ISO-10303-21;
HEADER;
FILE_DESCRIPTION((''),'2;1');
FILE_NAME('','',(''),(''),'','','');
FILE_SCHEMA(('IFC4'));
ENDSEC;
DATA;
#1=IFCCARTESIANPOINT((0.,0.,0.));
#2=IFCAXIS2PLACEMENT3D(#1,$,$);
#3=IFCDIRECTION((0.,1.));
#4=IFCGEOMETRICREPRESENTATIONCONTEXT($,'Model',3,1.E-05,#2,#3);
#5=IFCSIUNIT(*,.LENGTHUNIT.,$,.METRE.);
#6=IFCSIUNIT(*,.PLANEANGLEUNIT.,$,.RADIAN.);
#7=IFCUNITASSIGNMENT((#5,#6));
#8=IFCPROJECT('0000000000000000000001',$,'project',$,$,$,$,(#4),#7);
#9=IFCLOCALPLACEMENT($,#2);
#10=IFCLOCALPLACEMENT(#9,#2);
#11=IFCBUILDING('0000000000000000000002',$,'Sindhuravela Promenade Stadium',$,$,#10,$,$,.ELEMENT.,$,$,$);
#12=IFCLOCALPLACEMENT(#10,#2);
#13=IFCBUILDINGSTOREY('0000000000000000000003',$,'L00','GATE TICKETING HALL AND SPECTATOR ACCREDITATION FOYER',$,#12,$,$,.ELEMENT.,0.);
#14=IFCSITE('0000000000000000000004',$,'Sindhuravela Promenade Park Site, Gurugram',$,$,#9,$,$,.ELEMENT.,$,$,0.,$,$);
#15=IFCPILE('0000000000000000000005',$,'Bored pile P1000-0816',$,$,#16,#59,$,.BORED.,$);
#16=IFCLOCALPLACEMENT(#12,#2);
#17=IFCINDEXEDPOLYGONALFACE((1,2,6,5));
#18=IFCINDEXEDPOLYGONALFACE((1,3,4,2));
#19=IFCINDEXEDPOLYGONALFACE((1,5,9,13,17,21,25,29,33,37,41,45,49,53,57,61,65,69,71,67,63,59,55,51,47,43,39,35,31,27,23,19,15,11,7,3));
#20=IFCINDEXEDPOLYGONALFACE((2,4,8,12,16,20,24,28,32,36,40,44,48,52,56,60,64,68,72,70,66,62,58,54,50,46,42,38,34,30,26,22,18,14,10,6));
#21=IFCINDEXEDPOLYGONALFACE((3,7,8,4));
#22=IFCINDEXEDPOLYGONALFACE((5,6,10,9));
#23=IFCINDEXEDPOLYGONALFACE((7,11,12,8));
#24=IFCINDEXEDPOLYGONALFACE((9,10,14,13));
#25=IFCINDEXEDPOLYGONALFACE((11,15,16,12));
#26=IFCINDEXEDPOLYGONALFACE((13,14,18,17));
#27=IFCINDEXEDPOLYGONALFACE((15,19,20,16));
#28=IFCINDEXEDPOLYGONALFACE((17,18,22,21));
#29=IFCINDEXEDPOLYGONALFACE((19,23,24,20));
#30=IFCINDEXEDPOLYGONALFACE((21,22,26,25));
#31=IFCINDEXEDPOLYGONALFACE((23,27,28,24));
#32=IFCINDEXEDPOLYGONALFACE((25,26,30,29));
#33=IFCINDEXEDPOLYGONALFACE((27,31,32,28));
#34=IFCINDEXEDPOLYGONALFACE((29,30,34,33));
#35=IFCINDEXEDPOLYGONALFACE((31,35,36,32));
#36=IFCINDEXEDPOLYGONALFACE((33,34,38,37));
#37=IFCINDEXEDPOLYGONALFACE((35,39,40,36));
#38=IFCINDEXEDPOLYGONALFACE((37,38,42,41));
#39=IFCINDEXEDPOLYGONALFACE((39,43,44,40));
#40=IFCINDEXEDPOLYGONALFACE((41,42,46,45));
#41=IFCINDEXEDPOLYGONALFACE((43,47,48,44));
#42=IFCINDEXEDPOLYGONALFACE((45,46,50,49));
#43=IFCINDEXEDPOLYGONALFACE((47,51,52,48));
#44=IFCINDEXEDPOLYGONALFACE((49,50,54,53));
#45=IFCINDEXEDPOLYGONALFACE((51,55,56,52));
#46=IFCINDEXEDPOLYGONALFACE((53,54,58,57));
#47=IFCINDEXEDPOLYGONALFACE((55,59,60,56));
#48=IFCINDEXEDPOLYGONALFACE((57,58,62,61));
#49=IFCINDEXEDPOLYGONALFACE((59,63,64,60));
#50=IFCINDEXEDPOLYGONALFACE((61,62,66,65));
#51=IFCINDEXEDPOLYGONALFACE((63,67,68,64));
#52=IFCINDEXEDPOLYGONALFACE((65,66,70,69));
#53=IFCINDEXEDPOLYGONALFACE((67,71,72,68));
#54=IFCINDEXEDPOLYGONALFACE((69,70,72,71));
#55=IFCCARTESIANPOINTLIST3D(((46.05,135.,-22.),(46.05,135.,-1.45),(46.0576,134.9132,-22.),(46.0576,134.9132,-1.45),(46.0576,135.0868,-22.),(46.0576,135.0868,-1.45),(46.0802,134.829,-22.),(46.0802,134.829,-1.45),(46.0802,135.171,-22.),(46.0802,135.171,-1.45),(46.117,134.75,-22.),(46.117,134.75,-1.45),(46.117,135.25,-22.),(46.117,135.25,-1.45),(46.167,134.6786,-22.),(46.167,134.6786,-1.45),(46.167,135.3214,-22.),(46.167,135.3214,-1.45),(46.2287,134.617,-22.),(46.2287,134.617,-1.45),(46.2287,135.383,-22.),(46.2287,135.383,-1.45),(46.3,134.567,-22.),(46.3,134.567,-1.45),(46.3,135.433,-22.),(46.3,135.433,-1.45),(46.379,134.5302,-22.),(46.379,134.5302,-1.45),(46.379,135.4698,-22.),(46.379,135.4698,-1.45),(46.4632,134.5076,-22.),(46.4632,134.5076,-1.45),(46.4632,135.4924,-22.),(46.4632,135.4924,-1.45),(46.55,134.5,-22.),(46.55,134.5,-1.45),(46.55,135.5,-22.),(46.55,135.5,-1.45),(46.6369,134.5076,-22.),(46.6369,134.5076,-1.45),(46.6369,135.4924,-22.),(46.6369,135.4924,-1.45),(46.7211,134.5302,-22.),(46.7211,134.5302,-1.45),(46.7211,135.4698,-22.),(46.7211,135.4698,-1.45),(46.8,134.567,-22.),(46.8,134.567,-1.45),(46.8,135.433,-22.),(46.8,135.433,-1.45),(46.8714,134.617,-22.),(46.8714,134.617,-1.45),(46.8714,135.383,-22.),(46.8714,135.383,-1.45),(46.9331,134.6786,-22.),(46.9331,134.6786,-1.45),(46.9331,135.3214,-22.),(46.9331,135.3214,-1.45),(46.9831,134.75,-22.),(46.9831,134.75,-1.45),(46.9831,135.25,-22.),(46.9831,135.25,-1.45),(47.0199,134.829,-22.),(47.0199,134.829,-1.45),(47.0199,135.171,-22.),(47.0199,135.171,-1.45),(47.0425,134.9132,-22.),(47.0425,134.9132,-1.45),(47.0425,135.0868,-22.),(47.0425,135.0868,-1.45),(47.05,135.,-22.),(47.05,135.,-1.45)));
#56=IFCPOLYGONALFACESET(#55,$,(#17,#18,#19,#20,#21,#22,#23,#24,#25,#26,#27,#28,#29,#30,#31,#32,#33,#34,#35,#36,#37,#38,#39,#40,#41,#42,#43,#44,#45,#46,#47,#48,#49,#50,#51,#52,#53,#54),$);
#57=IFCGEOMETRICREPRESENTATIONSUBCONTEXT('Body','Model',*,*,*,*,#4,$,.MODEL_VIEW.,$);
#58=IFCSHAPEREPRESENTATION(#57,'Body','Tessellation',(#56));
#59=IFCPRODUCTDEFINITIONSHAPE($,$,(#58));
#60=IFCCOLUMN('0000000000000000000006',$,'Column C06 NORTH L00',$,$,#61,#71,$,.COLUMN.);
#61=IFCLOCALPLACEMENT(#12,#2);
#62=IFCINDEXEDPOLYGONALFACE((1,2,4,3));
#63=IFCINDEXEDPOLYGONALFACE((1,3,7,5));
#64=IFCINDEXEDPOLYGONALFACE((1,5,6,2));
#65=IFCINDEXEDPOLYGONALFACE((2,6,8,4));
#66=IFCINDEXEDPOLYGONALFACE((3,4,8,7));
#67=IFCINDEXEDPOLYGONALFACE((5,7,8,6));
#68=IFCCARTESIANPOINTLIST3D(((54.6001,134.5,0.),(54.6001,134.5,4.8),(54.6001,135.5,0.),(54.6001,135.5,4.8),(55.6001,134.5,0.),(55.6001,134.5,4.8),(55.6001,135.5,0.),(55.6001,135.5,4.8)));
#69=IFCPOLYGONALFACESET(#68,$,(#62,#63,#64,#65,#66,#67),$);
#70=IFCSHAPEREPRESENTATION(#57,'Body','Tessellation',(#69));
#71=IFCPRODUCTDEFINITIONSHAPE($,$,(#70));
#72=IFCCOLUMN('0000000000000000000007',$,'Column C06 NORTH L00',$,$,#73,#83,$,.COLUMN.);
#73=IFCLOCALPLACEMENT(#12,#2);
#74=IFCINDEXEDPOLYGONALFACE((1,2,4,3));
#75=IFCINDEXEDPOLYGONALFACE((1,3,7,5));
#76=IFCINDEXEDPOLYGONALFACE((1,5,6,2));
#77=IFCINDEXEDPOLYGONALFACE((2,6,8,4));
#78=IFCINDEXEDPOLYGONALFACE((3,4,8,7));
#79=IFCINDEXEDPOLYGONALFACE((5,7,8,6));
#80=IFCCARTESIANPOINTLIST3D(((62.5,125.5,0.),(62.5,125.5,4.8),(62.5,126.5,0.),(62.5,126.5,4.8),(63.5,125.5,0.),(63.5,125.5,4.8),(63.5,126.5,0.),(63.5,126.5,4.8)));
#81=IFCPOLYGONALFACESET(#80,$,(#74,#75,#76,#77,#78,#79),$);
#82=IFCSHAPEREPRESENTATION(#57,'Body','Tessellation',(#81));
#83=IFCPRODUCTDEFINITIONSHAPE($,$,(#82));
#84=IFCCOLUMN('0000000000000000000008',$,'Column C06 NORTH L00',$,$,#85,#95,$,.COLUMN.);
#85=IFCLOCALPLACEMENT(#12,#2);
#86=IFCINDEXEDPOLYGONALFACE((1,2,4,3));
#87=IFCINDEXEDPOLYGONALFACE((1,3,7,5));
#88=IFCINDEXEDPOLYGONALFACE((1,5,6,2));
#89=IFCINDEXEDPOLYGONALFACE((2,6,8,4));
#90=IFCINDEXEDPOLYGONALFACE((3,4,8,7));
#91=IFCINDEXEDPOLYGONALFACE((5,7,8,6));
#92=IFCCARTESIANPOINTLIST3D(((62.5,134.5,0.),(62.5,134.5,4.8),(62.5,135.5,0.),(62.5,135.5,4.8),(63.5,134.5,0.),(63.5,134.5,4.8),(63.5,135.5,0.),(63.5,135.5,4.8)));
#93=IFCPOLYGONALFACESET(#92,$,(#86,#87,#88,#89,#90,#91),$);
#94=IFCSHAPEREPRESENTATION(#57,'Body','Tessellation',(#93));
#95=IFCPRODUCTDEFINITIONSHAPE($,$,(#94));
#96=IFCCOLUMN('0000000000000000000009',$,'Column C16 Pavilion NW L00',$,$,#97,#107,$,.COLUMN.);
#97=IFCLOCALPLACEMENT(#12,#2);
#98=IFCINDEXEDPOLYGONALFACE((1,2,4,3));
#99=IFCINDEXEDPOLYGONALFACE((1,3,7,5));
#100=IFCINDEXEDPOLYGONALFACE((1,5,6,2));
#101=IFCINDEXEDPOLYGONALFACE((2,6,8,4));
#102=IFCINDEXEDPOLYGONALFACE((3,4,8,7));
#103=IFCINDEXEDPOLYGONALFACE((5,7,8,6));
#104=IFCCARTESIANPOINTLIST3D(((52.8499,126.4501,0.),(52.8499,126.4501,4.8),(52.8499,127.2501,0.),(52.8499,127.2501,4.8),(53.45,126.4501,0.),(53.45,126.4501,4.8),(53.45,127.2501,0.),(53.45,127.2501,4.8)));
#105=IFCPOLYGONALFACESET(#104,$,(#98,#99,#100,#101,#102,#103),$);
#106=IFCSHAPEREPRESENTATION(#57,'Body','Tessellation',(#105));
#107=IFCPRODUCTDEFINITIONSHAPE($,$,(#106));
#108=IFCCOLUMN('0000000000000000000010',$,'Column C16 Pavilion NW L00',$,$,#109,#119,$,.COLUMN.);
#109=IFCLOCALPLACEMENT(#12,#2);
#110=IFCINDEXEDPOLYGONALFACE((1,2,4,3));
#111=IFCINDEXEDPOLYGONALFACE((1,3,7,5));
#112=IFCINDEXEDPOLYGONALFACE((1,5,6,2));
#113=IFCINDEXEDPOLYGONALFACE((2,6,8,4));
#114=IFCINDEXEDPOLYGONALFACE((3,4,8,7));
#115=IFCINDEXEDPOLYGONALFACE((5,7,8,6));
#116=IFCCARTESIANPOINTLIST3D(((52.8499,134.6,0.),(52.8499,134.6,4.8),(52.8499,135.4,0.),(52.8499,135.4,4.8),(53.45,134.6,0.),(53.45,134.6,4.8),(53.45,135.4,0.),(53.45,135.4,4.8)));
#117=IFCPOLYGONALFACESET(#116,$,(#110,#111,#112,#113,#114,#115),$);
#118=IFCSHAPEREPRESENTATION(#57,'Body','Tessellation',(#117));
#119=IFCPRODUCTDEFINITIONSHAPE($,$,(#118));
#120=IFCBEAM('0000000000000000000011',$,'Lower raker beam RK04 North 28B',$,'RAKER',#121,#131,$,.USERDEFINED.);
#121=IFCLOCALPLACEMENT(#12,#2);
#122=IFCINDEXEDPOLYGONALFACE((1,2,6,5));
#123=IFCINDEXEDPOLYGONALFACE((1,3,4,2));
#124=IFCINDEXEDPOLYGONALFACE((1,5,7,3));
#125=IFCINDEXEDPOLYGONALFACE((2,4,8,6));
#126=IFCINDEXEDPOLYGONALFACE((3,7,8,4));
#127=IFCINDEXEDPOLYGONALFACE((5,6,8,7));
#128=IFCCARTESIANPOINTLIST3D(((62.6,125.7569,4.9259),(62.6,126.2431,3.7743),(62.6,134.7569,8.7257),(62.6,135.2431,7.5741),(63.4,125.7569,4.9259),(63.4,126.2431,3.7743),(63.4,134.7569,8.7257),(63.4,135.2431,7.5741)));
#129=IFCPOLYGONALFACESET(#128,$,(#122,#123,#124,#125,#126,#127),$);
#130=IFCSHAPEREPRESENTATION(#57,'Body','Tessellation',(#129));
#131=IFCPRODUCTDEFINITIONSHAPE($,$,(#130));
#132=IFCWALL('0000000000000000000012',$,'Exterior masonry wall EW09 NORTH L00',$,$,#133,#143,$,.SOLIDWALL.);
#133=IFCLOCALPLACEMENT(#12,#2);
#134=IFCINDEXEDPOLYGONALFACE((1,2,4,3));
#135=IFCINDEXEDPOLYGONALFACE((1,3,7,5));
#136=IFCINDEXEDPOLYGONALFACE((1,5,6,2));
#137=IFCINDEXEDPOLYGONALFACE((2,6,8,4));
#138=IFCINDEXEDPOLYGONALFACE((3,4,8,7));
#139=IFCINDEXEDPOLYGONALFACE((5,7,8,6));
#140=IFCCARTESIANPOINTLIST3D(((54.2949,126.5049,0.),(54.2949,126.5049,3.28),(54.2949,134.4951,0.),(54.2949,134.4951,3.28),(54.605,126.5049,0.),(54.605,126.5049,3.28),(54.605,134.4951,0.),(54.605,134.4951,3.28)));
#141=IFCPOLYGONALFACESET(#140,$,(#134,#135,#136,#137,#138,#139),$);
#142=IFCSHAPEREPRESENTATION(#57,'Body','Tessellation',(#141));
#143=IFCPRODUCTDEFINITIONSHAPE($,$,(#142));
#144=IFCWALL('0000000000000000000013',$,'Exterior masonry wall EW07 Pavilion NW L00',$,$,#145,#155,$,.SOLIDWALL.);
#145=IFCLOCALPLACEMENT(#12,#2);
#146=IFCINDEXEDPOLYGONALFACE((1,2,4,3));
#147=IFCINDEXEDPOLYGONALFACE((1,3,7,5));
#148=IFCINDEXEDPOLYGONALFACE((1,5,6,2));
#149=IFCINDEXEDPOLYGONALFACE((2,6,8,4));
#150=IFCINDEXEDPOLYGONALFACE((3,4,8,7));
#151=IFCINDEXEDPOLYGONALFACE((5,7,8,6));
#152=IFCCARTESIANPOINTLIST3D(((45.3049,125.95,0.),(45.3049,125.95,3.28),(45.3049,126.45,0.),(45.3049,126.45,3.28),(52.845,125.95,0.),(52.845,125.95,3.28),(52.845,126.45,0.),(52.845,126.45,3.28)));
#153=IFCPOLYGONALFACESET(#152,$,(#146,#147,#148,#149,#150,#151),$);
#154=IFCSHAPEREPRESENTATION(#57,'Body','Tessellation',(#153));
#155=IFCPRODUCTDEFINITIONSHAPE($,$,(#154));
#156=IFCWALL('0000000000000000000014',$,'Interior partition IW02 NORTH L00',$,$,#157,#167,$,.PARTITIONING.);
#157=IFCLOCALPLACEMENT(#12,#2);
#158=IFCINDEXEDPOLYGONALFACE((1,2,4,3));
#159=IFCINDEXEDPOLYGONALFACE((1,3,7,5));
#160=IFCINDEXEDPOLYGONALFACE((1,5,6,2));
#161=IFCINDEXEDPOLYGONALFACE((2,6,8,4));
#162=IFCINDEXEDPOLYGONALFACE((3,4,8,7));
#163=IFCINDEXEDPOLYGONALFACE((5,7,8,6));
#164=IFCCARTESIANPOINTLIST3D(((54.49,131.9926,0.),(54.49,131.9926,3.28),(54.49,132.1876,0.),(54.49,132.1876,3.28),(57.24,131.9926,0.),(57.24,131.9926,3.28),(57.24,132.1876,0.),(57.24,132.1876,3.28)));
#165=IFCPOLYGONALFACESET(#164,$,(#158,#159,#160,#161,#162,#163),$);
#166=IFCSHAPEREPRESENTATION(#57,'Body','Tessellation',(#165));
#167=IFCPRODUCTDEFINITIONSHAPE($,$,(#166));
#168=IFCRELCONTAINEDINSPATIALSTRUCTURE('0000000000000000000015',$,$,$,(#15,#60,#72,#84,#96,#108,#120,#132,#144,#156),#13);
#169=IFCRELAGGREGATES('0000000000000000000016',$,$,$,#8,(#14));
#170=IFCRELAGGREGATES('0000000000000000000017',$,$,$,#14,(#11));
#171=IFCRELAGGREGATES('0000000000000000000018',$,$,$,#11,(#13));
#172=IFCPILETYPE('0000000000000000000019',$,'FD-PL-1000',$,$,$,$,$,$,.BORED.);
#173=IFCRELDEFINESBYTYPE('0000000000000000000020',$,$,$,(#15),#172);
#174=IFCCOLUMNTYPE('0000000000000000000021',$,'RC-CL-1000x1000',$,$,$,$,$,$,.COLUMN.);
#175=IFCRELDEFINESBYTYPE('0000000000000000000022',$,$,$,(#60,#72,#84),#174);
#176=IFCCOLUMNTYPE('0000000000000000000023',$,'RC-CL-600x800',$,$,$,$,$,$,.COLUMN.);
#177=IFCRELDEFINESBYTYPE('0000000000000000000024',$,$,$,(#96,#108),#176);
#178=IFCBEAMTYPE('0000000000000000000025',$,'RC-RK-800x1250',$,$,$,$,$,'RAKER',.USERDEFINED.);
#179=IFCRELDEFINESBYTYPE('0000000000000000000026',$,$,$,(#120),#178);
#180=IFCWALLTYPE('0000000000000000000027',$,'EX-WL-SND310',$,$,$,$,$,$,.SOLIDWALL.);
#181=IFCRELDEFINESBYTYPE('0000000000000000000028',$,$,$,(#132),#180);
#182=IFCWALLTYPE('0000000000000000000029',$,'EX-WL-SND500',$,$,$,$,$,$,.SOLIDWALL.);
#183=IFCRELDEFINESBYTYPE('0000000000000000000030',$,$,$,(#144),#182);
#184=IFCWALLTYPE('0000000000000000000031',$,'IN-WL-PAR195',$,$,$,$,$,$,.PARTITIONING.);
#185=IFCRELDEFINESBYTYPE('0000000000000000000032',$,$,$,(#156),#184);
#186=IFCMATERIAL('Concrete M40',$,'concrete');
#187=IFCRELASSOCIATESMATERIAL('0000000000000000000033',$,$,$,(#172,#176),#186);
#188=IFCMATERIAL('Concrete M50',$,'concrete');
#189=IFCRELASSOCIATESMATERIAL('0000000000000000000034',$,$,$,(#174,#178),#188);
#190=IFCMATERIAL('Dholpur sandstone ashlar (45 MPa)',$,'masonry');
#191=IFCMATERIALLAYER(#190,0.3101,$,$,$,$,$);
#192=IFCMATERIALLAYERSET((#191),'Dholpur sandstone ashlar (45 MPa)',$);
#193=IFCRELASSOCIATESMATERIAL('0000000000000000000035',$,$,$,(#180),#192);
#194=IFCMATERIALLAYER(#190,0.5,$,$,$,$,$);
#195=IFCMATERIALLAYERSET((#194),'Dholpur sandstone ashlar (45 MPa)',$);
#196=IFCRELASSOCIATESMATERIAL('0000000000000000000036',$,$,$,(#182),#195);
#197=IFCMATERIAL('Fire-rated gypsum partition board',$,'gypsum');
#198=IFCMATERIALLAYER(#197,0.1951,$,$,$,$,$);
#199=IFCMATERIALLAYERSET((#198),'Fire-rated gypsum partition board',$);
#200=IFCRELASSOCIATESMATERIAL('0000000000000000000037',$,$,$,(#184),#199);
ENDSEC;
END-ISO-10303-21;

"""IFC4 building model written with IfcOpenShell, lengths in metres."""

from ifc_helpers import new_model, si_unit, direction, frame, frame_2d, origin, origin_2d, place, context, subcontext, project, spatial, rectangle, circle, extrude, material, layer, layer_set, material_profile, profile_set, type_object, element, save


model = new_model("IFC4")

# Units and contexts
model_context = context("Model", 3, precision=1e-05, world=origin(), true_north=direction((0.0, 1.0)))
body_context = subcontext(model_context, "Body", "Model", "MODEL_VIEW")
ifc_project = project(units=[si_unit("LENGTHUNIT", "METRE"), si_unit("PLANEANGLEUNIT", "RADIAN")], contexts=[model_context])

# Site, building, storey
site_placement = place(None, origin())
site = spatial("IfcSite", under=ifc_project, at=site_placement, Name="Sindhuravela Promenade Park Site, Gurugram", CompositionType="ELEMENT", RefElevation=0.0)
building_placement = place(site_placement, origin())
building = spatial("IfcBuilding", under=site, at=building_placement, Name="Sindhuravela Promenade Stadium", CompositionType="ELEMENT")
storey_placement = place(building_placement, origin())
storey = spatial("IfcBuildingStorey", under=building, at=storey_placement, Name="L00", Description="GATE TICKETING HALL AND SPECTATOR ACCREDITATION FOYER", CompositionType="ELEMENT", Elevation=0.0)

# Shared definitions
ifc_material_1 = material(Name="Concrete M50", Category="concrete")

# Pile
ifc_material_2 = material(Name="Concrete M40", Category="concrete")
ifc_material_profile_1 = material_profile(ifc_material_2, circle(Radius=0.5, at=origin_2d()), Name="BORED PILE D1000")
ifc_profile_set_1 = profile_set([ifc_material_profile_1], Name="Concrete M40")
pile_type = type_object("IfcPileType", Name="FD-PL-1000", PredefinedType="BORED", material=ifc_profile_set_1)
for number, where, z_axis, x_axis, name in (
    (1, (46.55, 135.0, -1.45), (0.0, 0.0, -1.0), (1.0, 0.0, 0.0), "Bored pile P1000-0816"),
):
    element("IfcPile", number, at=place(storey_placement, frame(where, z_axis=z_axis, x_axis=x_axis)), inside=storey, type_object=pile_type, Name=name, PredefinedType="BORED", context=body_context, shape_type="SweptSolid", body=[
        extrude(circle(Radius=0.5, at=origin_2d()), origin(), (0.0, 0.0, 1.0), 20.55),
    ])

# Columns
ifc_material_profile_2 = material_profile(ifc_material_1, rectangle(XDim=1.0, YDim=1.0, at=origin_2d()), Name="RC 1000x1000")
ifc_profile_set_2 = profile_set([ifc_material_profile_2], Name="Concrete M50")
column_type_1 = type_object("IfcColumnType", Name="RC-CL-1000x1000", PredefinedType="COLUMN", material=ifc_profile_set_2)
for number, where, z_axis, x_axis, name in (
    (2, (55.1001, 135.0, 0.0), (0.0, 0.0, 1.0), (1.0, 0.0, 0.0), "Column C06 NORTH L00"),
    (3, (63.0, 126.0, 0.0), (0.0, 0.0, 1.0), (1.0, 0.0, 0.0), "Column C06 NORTH L00"),
    (4, (63.0, 135.0, 0.0), (0.0, 0.0, 1.0), (1.0, 0.0, 0.0), "Column C06 NORTH L00"),
):
    element("IfcColumn", number, at=place(storey_placement, frame(where, z_axis=z_axis, x_axis=x_axis)), inside=storey, type_object=column_type_1, Name=name, PredefinedType="COLUMN", context=body_context, shape_type="SweptSolid", body=[
        extrude(rectangle(XDim=1.0, YDim=1.0, at=origin_2d()), origin(), (0.0, 0.0, 1.0), 4.8),
    ])
ifc_material_profile_3 = material_profile(ifc_material_2, rectangle(XDim=0.6001, YDim=0.8, at=origin_2d()), Name="RC 600x800")
ifc_profile_set_3 = profile_set([ifc_material_profile_3], Name="Concrete M40")
column_type_2 = type_object("IfcColumnType", Name="RC-CL-600x800", PredefinedType="COLUMN", material=ifc_profile_set_3)
for number, where, z_axis, x_axis, name in (
    (5, (53.1499, 126.8501, 0.0), (0.0, 0.0, 1.0), (1.0, 0.0, 0.0), "Column C16 Pavilion NW L00"),
    (6, (53.1499, 135.0, 0.0), (0.0, 0.0, 1.0), (1.0, 0.0, 0.0), "Column C16 Pavilion NW L00"),
):
    element("IfcColumn", number, at=place(storey_placement, frame(where, z_axis=z_axis, x_axis=x_axis)), inside=storey, type_object=column_type_2, Name=name, PredefinedType="COLUMN", context=body_context, shape_type="SweptSolid", body=[
        extrude(rectangle(XDim=0.6001, YDim=0.8, at=origin_2d()), origin(), (0.0, 0.0, 1.0), 4.8),
    ])

# Beam
ifc_material_profile_4 = material_profile(ifc_material_1, rectangle(XDim=0.8, YDim=1.25, at=origin_2d()), Name="RC 800x1250")
ifc_profile_set_4 = profile_set([ifc_material_profile_4], Name="Concrete M50")
beam_type = type_object("IfcBeamType", Name="RC-RK-800x1250", ElementType="RAKER", PredefinedType="USERDEFINED", material=ifc_profile_set_4)
beam_placement = place(storey_placement, frame((63.0, 126.0, 4.3501), z_axis=(0.0, 0.921257, 0.388955), x_axis=(-1.0, 0.0, 0.0)))
element("IfcBeam", 7, at=beam_placement, inside=storey, type_object=beam_type, Name="Lower raker beam RK04 North 28B", ObjectType="RAKER", PredefinedType="USERDEFINED", context=body_context, shape_type="SweptSolid", body=[
    extrude(rectangle(XDim=0.8, YDim=1.25, at=origin_2d()), origin(), (0.0, 0.0, 1.0), 9.7693),
])

# Walls
ifc_material_3 = material(Name="Dholpur sandstone ashlar (45 MPa)", Category="masonry")
ifc_layer_1 = layer(ifc_material_3, 0.3101)
ifc_layer_set_1 = layer_set([ifc_layer_1], Name="Dholpur sandstone ashlar (45 MPa)")
wall_type_1 = type_object("IfcWallType", Name="EX-WL-SND310", PredefinedType="SOLIDWALL", material=ifc_layer_set_1)
wall_1_placement = place(storey_placement, frame((54.45, 126.5049, 0.0), z_axis=(0.0, 0.0, 1.0), x_axis=(0.0, 1.0, 0.0)))
element("IfcWall", 8, at=wall_1_placement, inside=storey, type_object=wall_type_1, Name="Exterior masonry wall EW09 NORTH L00", PredefinedType="SOLIDWALL", context=body_context, shape_type="SweptSolid", body=[
    extrude(rectangle(XDim=7.9902, YDim=0.3101, at=frame_2d((3.9951, 0.0))), origin(), (0.0, 0.0, 1.0), 3.28),
])
ifc_layer_2 = layer(ifc_material_3, 0.5)
ifc_layer_set_2 = layer_set([ifc_layer_2], Name="Dholpur sandstone ashlar (45 MPa)")
wall_type_2 = type_object("IfcWallType", Name="EX-WL-SND500", PredefinedType="SOLIDWALL", material=ifc_layer_set_2)
wall_2_placement = place(storey_placement, frame((52.845, 126.2, 0.0), z_axis=(0.0, 0.0, 1.0), x_axis=(-1.0, 0.0, 0.0)))
element("IfcWall", 9, at=wall_2_placement, inside=storey, type_object=wall_type_2, Name="Exterior masonry wall EW07 Pavilion NW L00", PredefinedType="SOLIDWALL", context=body_context, shape_type="SweptSolid", body=[
    extrude(rectangle(XDim=7.54, YDim=0.5, at=frame_2d((3.77, 0.0))), origin(), (0.0, 0.0, 1.0), 3.28),
])
ifc_material_4 = material(Name="Fire-rated gypsum partition board", Category="gypsum")
ifc_layer_3 = layer(ifc_material_4, 0.1951)
ifc_layer_set_3 = layer_set([ifc_layer_3], Name="Fire-rated gypsum partition board")
wall_type_3 = type_object("IfcWallType", Name="IN-WL-PAR195", PredefinedType="PARTITIONING", material=ifc_layer_set_3)
wall_3_placement = place(storey_placement, frame((57.24, 132.0901, 0.0), z_axis=(0.0, 0.0, 1.0), x_axis=(-1.0, 0.0, 0.0)))
element("IfcWall", 10, at=wall_3_placement, inside=storey, type_object=wall_type_3, Name="Interior partition IW02 NORTH L00", PredefinedType="PARTITIONING", context=body_context, shape_type="SweptSolid", body=[
    extrude(rectangle(XDim=2.75, YDim=0.1951, at=frame_2d((1.375, 0.0))), origin(), (0.0, 0.0, 1.0), 3.28),
])

save(model, "model.ifc")
